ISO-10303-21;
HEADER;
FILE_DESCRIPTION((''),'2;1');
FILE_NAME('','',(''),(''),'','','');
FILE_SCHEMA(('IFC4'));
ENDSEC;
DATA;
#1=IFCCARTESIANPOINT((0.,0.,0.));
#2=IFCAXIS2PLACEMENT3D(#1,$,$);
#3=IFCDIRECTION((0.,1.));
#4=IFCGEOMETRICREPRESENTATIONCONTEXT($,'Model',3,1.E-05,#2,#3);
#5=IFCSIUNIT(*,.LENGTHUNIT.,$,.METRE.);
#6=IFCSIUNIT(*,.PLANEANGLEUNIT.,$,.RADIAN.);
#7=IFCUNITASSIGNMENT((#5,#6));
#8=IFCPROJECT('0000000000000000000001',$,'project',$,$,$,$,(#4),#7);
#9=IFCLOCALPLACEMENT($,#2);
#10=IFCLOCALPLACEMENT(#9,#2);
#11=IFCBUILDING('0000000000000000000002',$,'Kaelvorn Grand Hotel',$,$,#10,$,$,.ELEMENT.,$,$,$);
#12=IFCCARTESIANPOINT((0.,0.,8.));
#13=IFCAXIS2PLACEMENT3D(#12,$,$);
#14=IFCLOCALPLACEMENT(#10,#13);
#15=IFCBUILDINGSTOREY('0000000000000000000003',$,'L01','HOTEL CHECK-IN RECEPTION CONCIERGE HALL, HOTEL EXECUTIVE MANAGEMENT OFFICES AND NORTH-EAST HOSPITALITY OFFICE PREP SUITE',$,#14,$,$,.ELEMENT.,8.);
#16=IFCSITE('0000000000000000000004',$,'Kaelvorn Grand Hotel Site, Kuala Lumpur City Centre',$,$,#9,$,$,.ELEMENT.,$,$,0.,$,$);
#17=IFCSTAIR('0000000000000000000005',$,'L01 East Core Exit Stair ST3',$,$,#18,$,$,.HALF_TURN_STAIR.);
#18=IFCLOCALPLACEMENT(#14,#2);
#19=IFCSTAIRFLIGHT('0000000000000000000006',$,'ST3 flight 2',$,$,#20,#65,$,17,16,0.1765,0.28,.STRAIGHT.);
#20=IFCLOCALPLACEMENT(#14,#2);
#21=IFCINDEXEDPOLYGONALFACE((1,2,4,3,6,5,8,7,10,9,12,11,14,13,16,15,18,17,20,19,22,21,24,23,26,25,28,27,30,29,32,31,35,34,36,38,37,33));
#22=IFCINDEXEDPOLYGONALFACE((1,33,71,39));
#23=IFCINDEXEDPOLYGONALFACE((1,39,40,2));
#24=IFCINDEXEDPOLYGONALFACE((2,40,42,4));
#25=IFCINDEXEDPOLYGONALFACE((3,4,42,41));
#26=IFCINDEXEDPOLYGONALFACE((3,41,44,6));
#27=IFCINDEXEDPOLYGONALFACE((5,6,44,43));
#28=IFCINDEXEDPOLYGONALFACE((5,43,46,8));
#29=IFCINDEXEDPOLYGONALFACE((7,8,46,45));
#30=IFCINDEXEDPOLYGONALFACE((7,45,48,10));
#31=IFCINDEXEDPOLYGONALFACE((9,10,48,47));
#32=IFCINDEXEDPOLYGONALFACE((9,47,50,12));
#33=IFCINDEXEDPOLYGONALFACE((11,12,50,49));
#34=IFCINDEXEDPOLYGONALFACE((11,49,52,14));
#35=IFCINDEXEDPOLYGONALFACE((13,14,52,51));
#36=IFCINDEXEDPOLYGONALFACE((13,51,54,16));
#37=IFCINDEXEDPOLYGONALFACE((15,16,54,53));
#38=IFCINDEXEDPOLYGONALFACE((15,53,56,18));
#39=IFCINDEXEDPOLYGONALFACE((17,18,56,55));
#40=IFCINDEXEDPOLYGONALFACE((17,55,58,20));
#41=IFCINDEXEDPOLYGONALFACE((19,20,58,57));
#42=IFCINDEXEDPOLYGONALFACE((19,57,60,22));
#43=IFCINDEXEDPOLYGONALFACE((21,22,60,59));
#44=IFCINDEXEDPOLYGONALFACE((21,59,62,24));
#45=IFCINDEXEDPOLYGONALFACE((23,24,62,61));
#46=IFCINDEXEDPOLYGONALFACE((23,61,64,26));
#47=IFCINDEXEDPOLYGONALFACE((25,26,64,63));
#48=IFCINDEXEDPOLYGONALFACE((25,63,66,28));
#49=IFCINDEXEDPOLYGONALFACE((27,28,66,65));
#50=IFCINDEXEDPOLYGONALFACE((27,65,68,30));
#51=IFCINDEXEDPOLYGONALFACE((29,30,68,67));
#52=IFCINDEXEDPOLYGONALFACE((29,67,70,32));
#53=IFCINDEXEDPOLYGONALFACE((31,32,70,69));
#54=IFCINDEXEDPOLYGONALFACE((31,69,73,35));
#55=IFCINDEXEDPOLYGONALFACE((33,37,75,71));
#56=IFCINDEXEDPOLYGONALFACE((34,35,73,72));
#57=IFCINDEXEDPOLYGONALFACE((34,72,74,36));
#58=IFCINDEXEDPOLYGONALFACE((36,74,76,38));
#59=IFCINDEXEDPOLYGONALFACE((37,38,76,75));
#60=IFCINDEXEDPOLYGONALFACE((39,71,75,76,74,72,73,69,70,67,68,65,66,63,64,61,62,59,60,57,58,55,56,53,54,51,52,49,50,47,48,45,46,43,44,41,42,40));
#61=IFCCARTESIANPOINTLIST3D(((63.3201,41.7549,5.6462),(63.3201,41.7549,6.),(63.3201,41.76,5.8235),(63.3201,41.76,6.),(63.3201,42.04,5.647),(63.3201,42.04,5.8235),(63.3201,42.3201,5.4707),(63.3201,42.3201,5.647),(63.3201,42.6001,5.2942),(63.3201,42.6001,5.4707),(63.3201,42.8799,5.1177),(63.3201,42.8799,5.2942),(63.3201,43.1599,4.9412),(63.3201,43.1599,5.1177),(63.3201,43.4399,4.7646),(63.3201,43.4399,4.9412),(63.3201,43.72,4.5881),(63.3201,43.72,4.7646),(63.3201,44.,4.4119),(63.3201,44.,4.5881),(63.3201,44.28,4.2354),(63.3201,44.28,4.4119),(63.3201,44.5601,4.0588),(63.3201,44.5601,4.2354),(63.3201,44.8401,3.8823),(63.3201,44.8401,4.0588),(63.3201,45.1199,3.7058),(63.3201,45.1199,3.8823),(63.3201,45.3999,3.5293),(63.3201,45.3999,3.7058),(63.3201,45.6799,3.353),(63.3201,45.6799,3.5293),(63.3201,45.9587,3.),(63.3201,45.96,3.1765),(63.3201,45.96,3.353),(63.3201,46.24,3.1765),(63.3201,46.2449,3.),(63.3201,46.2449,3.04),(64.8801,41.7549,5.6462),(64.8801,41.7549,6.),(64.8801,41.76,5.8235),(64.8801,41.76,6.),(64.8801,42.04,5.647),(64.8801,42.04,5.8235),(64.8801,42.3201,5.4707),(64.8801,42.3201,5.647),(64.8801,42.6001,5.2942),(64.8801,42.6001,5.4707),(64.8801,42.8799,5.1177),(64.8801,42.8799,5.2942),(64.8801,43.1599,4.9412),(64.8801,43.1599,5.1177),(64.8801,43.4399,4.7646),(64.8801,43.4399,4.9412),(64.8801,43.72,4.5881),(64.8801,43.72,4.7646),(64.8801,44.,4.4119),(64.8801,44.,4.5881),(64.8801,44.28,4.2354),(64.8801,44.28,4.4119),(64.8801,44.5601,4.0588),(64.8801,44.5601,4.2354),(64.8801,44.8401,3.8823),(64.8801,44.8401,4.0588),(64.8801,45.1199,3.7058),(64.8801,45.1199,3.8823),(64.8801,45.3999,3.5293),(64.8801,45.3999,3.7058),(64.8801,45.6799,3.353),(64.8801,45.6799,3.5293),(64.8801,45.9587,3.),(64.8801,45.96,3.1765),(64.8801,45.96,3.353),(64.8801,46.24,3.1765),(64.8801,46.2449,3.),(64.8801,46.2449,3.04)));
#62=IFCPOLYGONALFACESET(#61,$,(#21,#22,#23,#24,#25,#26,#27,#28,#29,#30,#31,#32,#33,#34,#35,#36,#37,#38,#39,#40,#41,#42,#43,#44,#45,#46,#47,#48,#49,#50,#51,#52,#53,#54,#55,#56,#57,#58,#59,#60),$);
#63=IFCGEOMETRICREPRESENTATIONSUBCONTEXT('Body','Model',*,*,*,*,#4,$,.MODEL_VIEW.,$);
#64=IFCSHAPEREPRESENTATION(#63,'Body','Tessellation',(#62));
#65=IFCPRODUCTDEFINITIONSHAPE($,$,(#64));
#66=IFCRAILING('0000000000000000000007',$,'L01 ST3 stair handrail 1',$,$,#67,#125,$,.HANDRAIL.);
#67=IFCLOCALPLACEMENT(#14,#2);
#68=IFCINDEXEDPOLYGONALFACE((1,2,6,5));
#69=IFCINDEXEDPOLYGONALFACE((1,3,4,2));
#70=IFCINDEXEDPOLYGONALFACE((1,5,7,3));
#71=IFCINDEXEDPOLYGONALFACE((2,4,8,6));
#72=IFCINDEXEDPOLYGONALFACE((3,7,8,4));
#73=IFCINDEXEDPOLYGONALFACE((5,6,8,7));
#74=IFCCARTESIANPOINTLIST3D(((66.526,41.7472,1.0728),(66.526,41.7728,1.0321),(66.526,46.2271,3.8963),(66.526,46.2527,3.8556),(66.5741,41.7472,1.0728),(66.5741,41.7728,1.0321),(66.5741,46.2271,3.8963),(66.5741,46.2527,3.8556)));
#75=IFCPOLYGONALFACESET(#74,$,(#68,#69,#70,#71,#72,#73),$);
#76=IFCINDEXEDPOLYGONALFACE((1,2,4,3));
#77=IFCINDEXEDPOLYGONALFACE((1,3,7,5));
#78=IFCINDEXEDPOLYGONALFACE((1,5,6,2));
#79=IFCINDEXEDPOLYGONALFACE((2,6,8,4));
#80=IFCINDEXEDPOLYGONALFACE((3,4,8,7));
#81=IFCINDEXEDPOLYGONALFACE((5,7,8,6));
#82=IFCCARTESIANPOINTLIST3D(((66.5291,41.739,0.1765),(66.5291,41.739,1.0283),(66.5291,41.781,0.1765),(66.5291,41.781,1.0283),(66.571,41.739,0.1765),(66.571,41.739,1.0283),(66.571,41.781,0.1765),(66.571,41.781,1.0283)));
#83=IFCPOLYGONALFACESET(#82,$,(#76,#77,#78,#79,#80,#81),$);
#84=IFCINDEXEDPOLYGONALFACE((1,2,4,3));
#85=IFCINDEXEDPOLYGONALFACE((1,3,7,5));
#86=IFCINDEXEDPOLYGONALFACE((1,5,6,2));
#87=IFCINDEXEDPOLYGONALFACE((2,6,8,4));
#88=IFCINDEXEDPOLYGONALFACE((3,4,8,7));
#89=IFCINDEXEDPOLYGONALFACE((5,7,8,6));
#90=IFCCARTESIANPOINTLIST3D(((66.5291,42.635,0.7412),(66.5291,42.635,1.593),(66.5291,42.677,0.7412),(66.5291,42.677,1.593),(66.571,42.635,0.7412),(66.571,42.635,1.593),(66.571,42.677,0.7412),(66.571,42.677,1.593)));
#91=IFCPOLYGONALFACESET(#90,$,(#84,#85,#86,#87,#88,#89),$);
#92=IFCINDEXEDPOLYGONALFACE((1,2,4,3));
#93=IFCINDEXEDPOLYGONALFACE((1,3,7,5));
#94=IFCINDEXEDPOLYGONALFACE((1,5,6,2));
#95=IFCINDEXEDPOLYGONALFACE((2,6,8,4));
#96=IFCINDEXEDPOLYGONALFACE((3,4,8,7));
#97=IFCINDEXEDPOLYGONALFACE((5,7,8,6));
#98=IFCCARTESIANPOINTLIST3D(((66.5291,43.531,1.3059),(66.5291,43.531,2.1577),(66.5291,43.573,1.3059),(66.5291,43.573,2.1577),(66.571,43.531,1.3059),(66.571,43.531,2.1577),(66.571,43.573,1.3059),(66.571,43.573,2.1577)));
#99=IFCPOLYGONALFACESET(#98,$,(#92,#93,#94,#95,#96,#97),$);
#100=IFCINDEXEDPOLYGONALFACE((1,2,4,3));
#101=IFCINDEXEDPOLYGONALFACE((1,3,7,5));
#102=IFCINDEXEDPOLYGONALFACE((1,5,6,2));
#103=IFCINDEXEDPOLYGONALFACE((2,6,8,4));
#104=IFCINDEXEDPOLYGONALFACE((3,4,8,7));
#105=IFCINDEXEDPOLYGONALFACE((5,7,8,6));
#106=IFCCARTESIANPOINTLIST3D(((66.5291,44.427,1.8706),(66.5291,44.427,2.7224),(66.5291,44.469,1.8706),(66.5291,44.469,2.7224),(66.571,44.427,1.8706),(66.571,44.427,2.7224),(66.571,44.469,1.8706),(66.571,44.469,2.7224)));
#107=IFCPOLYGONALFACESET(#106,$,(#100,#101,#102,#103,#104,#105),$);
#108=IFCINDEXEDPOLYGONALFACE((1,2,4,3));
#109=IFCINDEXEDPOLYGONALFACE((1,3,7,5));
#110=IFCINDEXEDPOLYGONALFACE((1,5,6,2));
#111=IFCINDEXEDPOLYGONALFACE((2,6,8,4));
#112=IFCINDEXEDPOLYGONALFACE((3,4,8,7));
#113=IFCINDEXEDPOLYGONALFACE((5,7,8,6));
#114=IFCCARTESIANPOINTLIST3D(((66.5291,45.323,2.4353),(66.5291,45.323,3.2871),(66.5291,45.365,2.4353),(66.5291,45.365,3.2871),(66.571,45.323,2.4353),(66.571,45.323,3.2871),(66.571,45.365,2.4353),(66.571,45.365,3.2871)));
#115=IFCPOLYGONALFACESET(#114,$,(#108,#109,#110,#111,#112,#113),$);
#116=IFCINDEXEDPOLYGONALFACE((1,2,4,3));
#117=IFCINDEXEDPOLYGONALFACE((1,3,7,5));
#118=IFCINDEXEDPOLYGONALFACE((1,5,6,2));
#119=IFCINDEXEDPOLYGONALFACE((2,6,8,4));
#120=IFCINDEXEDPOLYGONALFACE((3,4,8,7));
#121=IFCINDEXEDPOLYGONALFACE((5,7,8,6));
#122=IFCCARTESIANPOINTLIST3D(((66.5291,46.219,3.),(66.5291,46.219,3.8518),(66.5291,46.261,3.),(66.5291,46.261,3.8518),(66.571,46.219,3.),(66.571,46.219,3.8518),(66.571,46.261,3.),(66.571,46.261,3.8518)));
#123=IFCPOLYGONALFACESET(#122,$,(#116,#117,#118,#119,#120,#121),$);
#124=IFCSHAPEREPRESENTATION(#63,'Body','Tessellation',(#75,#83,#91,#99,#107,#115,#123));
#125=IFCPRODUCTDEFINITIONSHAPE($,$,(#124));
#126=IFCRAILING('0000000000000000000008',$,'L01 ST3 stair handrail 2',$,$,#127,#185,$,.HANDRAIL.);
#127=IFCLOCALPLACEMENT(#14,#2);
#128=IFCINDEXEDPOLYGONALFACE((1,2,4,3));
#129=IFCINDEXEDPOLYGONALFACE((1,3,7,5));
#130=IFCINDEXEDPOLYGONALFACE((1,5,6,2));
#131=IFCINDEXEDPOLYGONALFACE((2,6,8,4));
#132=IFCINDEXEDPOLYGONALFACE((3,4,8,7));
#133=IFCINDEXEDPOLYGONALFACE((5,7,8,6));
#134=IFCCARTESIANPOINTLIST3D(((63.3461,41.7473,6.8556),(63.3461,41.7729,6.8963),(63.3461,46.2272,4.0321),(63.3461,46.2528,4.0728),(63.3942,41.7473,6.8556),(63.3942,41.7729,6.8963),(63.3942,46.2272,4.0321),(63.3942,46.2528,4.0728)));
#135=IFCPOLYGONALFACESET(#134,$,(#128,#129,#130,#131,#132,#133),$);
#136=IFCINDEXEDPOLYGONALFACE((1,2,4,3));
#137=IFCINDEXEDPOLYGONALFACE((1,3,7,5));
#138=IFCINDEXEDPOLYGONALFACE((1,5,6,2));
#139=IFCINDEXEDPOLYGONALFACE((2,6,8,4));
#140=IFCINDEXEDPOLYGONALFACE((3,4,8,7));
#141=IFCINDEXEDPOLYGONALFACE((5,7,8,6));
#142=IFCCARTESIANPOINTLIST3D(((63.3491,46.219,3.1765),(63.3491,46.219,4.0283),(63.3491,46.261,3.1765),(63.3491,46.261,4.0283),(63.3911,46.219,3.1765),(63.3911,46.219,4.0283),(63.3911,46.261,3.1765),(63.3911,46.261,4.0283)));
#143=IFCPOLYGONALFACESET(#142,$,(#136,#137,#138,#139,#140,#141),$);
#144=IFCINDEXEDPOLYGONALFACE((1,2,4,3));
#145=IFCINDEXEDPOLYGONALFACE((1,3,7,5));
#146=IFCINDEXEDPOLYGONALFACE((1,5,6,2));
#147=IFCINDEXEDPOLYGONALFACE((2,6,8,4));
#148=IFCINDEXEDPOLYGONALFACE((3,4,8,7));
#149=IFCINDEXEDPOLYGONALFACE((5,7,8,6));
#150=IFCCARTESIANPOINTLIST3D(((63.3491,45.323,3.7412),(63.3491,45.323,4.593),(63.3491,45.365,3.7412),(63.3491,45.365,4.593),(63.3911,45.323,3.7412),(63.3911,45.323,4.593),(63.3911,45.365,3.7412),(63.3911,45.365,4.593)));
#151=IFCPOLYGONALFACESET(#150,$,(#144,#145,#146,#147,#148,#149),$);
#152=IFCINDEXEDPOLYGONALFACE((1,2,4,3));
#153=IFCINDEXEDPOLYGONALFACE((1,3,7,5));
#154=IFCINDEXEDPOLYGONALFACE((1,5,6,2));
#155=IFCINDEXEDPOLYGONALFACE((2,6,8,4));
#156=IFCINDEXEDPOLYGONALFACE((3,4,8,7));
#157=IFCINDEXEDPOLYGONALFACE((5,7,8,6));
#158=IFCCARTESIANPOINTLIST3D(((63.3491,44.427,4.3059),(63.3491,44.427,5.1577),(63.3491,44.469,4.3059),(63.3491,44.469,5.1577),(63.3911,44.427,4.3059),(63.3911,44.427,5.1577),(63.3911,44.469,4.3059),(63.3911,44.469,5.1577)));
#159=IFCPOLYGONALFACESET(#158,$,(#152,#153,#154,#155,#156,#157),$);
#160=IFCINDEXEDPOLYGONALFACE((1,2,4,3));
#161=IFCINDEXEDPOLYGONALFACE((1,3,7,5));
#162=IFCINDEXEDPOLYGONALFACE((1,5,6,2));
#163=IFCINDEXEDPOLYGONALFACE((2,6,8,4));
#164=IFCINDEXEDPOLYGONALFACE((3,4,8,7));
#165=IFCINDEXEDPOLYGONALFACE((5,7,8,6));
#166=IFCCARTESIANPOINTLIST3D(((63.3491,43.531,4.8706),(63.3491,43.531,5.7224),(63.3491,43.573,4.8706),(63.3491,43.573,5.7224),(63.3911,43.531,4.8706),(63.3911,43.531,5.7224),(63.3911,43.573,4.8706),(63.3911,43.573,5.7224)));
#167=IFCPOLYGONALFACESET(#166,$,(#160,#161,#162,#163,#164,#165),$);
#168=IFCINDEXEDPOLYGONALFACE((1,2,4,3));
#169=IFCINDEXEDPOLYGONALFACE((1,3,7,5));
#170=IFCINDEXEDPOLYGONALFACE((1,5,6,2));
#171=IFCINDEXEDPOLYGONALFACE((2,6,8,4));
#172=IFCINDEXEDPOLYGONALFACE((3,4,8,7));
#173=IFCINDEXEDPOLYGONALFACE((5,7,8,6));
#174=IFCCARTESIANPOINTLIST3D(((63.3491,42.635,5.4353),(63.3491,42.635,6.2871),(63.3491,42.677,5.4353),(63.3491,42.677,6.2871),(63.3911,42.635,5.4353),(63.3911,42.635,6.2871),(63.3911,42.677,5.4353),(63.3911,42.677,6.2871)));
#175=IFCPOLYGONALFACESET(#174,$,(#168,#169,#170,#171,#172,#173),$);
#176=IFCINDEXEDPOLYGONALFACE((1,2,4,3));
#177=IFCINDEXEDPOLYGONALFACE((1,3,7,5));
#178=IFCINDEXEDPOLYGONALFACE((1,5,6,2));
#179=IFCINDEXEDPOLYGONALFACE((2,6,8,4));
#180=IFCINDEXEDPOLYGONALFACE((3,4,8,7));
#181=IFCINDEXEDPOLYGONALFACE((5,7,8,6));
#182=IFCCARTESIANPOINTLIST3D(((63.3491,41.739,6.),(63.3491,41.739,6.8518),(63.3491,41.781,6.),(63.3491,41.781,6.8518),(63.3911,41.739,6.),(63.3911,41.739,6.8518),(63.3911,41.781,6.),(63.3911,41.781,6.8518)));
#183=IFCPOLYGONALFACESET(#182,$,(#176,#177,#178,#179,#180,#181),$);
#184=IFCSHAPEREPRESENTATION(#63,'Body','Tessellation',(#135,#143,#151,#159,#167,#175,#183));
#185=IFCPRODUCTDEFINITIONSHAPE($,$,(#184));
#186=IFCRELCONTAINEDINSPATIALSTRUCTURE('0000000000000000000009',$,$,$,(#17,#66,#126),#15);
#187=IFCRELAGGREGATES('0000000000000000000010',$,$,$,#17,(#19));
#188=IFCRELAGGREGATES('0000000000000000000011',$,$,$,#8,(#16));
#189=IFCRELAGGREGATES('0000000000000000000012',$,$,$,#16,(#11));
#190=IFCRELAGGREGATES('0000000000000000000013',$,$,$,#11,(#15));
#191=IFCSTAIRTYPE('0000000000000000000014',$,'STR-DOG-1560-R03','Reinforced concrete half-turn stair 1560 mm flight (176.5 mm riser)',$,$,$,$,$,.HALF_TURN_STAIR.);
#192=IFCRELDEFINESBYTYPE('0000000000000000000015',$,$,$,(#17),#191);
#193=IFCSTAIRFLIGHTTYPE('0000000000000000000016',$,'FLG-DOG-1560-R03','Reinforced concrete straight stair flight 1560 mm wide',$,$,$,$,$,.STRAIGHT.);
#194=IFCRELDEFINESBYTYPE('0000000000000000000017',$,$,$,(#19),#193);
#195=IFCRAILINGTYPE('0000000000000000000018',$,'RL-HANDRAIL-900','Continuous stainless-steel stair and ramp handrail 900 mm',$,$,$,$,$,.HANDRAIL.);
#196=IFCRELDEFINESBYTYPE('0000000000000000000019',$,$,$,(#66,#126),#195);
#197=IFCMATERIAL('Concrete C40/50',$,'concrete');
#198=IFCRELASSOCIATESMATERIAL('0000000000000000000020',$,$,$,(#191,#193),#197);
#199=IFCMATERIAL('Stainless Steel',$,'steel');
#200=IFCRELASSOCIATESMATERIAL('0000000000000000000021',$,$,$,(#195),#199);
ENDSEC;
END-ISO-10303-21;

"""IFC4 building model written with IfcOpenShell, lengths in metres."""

from ifc_helpers import new_model, si_unit, direction, frame, origin, origin_2d, place, context, subcontext, project, spatial, polyline, rectangle, outline, extrude, material, type_object, element, aggregate, save


model = new_model("IFC4")

# Units and contexts
model_context = context("Model", 3, precision=1e-05, world=origin(), true_north=direction((0.0, 1.0)))
body_context = subcontext(model_context, "Body", "Model", "MODEL_VIEW")
ifc_project = project(units=[si_unit("LENGTHUNIT", "METRE"), si_unit("PLANEANGLEUNIT", "RADIAN")], contexts=[model_context])

# Site, building, storey
site_placement = place(None, origin())
site = spatial("IfcSite", under=ifc_project, at=site_placement, Name="Kaelvorn Grand Hotel Site, Kuala Lumpur City Centre", CompositionType="ELEMENT", RefElevation=0.0)
building_placement = place(site_placement, origin())
building = spatial("IfcBuilding", under=site, at=building_placement, Name="Kaelvorn Grand Hotel", CompositionType="ELEMENT")
storey_placement = place(building_placement, frame((0.0, 0.0, 8.0)))
storey = spatial("IfcBuildingStorey", under=building, at=storey_placement, Name="L01", Description="HOTEL CHECK-IN RECEPTION CONCIERGE HALL, HOTEL EXECUTIVE MANAGEMENT OFFICES AND NORTH-EAST HOSPITALITY OFFICE PREP SUITE", CompositionType="ELEMENT", Elevation=8.0)

# Shared definitions
ifc_material_1 = material(Name="Concrete C40/50", Category="concrete")

# Stair, stair flight
stair_type = type_object("IfcStairType", Name="STR-DOG-1560-R03", Description="Reinforced concrete half-turn stair 1560 mm flight (176.5 mm riser)", PredefinedType="HALF_TURN_STAIR", material=ifc_material_1)
stair_placement = place(storey_placement, origin())
stair = element("IfcStair", 1, at=stair_placement, inside=storey, type_object=stair_type, Name="L01 East Core Exit Stair ST3", PredefinedType="HALF_TURN_STAIR")
stair_flight_type = type_object("IfcStairFlightType", Name="FLG-DOG-1560-R03", Description="Reinforced concrete straight stair flight 1560 mm wide", PredefinedType="STRAIGHT", material=ifc_material_1)
stair_flight_1_placement = place(storey_placement, frame((64.1001, 46.24, 3.0), z_axis=(0.0, 0.0, 1.0), x_axis=(0.0, -1.0, 0.0)))
stair_flight_1 = element("IfcStairFlight", 2, at=stair_flight_1_placement, type_object=stair_flight_type, Name="ST3 flight 2", NumberOfRisers=17, NumberOfTreads=16, PredefinedType="STRAIGHT", RiserHeight=0.1765, TreadLength=0.28, context=body_context, shape_type="SweptSolid", body=[
    extrude(outline(polyline([(-0.0049, 0.0), (-0.0049, 0.04), (0.0, 0.1765), (0.28, 0.1765), (0.28, 0.353), (0.5601, 0.353), (0.5601, 0.5293), (0.8401, 0.5293), (0.8401, 0.7058), (1.1201, 0.7058), (1.1201, 0.8823), (1.3999, 0.8823), (1.3999, 1.0588), (1.6799, 1.0588), (1.6799, 1.2354), (1.96, 1.2354), (1.96, 1.4119), (2.24, 1.4119), (2.24, 1.5881), (2.52, 1.5881), (2.52, 1.7646), (2.8, 1.7646), (2.8, 1.9412), (3.0801, 1.9412), (3.0801, 2.1177), (3.3601, 2.1177), (3.3601, 2.2942), (3.6399, 2.2942), (3.6399, 2.4707), (3.9199, 2.4707), (3.9199, 2.647), (4.2, 2.647), (4.2, 2.8235), (4.48, 2.8235), (4.48, 3.0), (4.4851, 3.0), (4.4851, 2.6462), (0.2812, 0.0), (-0.0049, 0.0)])), frame((0.0, 0.78, 0.0), z_axis=(0.0, -1.0, 0.0), x_axis=(1.0, 0.0, 0.0)), (0.0, 0.0, 1.0), 1.5601),
])
aggregate(stair, [stair_flight_1])

# Railings
ifc_material_2 = material(Name="Stainless Steel", Category="steel")
railing_type_1 = type_object("IfcRailingType", Name="RL-HANDRAIL-900", Description="Continuous stainless-steel stair and ramp handrail 900 mm", PredefinedType="HANDRAIL", material=ifc_material_2)
railing_1_placement = place(storey_placement, frame((66.55, 41.76, 0.1765)))
element("IfcRailing", 3, at=railing_1_placement, inside=storey, type_object=railing_type_1, Name="L01 ST3 stair handrail 1", PredefinedType="HANDRAIL", context=body_context, shape_type="SweptSolid", body=[
    extrude(rectangle(XDim=0.0481, YDim=0.0481, at=origin_2d()), frame((0.0, 0.0, 0.876), z_axis=(0.0, 0.845998, 0.533186), x_axis=(-1.0, 0.0, 0.0)), (0.0, 0.0, 1.0), 5.2954),
    extrude(rectangle(XDim=0.042, YDim=0.042, at=origin_2d()), origin(), (0.0, 0.0, 1.0), 0.8518),
    extrude(rectangle(XDim=0.042, YDim=0.042, at=origin_2d()), frame((0.0, 0.896, 0.5647)), (0.0, 0.0, 1.0), 0.8518),
    extrude(rectangle(XDim=0.042, YDim=0.042, at=origin_2d()), frame((0.0, 1.792, 1.1294)), (0.0, 0.0, 1.0), 0.8518),
    extrude(rectangle(XDim=0.042, YDim=0.042, at=origin_2d()), frame((0.0, 2.688, 1.6941)), (0.0, 0.0, 1.0), 0.8518),
    extrude(rectangle(XDim=0.042, YDim=0.042, at=origin_2d()), frame((0.0, 3.584, 2.2588)), (0.0, 0.0, 1.0), 0.8518),
    extrude(rectangle(XDim=0.042, YDim=0.042, at=origin_2d()), frame((0.0, 4.48, 2.8235)), (0.0, 0.0, 1.0), 0.8518),
])
railing_2_placement = place(storey_placement, frame((63.3701, 46.24, 3.1765)))
element("IfcRailing", 4, at=railing_2_placement, inside=storey, type_object=railing_type_1, Name="L01 ST3 stair handrail 2", PredefinedType="HANDRAIL", context=body_context, shape_type="SweptSolid", body=[
    extrude(rectangle(XDim=0.0481, YDim=0.0481, at=origin_2d()), frame((0.0, 0.0, 0.876), z_axis=(0.0, -0.845998, 0.533186), x_axis=(1.0, 0.0, 0.0)), (0.0, 0.0, 1.0), 5.2954),
    extrude(rectangle(XDim=0.042, YDim=0.042, at=origin_2d()), origin(), (0.0, 0.0, 1.0), 0.8518),
    extrude(rectangle(XDim=0.042, YDim=0.042, at=origin_2d()), frame((0.0, -0.896, 0.5647)), (0.0, 0.0, 1.0), 0.8518),
    extrude(rectangle(XDim=0.042, YDim=0.042, at=origin_2d()), frame((0.0, -1.792, 1.1294)), (0.0, 0.0, 1.0), 0.8518),
    extrude(rectangle(XDim=0.042, YDim=0.042, at=origin_2d()), frame((0.0, -2.688, 1.6941)), (0.0, 0.0, 1.0), 0.8518),
    extrude(rectangle(XDim=0.042, YDim=0.042, at=origin_2d()), frame((0.0, -3.584, 2.2588)), (0.0, 0.0, 1.0), 0.8518),
    extrude(rectangle(XDim=0.042, YDim=0.042, at=origin_2d()), frame((0.0, -4.48, 2.8235)), (0.0, 0.0, 1.0), 0.8518),
])

save(model, "model.ifc")
